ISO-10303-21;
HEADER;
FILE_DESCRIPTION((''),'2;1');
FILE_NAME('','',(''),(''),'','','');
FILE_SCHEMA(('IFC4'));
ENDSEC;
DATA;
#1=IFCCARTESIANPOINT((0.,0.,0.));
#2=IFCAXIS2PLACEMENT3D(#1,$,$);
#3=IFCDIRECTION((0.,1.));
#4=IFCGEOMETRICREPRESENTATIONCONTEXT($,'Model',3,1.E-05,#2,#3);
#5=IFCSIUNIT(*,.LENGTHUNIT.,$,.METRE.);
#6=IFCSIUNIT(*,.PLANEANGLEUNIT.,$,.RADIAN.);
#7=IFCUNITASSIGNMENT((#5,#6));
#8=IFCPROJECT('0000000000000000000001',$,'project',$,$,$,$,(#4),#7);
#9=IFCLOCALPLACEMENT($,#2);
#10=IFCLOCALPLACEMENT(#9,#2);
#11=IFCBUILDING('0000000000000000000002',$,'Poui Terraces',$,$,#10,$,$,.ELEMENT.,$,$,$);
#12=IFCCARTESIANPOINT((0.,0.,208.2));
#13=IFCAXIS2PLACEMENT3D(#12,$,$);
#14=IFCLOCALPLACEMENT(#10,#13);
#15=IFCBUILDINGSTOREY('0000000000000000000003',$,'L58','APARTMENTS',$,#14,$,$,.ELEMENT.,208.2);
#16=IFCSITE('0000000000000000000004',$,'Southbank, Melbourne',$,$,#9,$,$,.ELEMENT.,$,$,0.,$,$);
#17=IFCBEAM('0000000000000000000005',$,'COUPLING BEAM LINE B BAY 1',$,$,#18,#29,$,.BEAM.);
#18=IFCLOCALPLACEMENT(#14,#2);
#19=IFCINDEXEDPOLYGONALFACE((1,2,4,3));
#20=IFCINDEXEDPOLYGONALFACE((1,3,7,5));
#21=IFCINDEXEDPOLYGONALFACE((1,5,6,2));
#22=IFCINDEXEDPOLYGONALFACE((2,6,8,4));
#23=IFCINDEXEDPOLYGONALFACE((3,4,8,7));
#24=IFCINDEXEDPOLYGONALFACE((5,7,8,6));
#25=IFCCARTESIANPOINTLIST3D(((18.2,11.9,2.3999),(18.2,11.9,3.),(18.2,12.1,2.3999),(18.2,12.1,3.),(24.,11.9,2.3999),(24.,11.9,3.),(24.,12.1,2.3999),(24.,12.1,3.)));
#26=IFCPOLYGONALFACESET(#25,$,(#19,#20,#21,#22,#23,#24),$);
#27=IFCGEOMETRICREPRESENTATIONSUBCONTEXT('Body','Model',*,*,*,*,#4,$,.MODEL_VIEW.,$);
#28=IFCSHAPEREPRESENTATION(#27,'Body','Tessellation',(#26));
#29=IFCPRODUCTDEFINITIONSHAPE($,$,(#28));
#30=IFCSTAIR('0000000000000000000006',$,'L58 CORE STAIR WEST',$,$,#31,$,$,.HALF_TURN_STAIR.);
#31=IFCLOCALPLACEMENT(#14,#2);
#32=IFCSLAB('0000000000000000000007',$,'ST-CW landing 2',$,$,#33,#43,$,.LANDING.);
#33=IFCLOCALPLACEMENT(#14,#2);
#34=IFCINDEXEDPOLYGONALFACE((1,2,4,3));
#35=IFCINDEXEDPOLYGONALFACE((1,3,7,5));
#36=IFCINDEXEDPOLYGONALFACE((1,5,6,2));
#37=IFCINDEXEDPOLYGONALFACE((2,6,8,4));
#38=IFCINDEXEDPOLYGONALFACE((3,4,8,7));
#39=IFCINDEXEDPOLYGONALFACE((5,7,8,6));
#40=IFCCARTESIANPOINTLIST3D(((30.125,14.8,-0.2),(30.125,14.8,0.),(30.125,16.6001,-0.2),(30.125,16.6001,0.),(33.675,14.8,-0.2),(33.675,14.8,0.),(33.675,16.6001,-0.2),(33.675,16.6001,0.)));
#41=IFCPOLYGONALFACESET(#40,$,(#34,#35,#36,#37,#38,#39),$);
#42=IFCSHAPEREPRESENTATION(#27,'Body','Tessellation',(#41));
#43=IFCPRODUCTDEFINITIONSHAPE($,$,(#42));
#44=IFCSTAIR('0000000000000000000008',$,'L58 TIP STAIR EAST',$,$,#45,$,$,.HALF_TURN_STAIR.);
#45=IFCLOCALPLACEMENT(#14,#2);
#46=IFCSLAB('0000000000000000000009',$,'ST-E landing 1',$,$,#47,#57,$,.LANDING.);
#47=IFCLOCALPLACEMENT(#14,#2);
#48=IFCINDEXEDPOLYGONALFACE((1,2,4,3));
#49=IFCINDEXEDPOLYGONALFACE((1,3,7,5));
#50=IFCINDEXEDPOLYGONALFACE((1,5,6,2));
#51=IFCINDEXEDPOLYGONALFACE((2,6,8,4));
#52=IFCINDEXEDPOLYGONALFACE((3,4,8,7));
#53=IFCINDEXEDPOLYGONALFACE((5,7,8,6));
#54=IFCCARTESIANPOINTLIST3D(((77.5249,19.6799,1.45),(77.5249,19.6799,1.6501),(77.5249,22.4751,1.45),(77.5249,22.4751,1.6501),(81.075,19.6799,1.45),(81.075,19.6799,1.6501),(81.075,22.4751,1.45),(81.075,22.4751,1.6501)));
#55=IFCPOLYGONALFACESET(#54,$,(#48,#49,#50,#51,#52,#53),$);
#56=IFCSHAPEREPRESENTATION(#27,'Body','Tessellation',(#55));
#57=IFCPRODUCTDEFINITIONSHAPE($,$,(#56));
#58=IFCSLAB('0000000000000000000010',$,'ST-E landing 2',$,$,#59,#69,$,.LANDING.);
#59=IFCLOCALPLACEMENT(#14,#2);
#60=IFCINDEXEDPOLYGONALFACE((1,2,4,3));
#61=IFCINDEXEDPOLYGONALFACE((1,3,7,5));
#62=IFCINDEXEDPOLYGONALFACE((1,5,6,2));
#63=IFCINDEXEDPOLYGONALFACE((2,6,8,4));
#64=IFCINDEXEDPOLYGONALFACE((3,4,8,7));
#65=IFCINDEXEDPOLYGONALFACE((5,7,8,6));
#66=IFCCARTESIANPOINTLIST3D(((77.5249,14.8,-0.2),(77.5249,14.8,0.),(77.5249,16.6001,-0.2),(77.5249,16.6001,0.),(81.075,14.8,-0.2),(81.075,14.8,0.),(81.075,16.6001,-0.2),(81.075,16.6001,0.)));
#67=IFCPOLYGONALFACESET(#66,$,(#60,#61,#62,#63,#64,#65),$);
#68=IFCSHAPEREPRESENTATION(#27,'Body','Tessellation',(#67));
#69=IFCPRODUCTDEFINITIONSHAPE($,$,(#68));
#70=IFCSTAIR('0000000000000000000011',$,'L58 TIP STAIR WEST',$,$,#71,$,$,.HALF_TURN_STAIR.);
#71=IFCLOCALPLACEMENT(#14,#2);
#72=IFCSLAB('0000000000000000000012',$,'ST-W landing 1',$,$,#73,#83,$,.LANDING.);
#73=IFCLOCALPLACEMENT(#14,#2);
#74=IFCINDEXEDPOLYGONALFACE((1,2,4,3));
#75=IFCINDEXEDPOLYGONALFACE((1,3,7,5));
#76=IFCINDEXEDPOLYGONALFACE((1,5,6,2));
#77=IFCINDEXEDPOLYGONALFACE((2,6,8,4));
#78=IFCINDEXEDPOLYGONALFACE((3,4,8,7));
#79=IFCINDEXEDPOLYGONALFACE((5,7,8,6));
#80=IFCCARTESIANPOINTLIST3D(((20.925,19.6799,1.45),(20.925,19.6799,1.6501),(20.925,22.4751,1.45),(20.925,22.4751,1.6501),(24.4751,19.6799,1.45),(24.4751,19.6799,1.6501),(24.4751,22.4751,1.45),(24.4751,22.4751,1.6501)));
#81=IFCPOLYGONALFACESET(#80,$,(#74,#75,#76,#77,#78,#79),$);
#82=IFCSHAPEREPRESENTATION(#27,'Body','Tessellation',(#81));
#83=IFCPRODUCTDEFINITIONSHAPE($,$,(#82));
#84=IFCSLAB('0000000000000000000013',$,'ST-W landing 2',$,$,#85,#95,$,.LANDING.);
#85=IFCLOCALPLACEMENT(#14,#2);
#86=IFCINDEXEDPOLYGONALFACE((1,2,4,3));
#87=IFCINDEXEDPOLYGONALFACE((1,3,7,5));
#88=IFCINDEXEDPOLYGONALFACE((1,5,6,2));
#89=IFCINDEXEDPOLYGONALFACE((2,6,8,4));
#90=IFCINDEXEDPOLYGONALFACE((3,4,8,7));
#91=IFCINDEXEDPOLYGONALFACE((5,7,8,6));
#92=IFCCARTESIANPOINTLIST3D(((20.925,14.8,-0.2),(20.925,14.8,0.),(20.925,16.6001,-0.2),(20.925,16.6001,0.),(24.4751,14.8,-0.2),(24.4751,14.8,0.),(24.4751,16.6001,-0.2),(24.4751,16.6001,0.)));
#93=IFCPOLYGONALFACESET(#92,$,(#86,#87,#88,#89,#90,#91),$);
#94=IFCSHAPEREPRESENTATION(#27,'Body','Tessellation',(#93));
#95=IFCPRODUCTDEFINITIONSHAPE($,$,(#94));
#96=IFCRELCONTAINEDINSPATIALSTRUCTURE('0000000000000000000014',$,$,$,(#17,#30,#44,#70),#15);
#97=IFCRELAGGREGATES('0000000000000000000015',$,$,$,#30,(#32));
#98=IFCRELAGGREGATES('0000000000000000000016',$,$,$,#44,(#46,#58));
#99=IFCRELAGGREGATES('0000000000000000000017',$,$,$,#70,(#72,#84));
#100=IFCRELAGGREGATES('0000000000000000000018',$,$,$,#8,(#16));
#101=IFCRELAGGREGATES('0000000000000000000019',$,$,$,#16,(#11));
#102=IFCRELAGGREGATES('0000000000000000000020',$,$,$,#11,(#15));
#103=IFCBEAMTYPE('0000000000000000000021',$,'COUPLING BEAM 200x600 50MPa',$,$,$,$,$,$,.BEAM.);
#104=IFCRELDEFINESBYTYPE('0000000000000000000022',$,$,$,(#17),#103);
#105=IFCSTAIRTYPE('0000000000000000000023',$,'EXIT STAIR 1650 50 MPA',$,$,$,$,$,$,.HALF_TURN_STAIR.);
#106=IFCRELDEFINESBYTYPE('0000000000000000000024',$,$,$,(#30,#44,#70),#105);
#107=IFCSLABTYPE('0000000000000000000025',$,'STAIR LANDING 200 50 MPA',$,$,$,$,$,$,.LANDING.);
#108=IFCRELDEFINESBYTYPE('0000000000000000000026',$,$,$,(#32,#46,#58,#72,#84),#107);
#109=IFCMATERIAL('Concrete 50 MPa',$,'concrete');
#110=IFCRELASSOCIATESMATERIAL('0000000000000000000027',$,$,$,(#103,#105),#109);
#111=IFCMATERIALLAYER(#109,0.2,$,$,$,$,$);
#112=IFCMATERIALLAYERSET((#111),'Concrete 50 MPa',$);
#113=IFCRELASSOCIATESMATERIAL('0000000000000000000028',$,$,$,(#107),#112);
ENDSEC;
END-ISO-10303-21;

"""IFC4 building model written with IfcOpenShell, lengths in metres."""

from ifc_helpers import new_model, si_unit, direction, frame, origin, origin_2d, place, context, subcontext, project, spatial, polyline, rectangle, outline, extrude, source, transform, mapped, material, layer, layer_set, material_profile, profile_set, type_object, element, aggregate, save


model = new_model("IFC4")

# Units and contexts
model_context = context("Model", 3, precision=1e-05, world=origin(), true_north=direction((0.0, 1.0)))
body_context = subcontext(model_context, "Body", "Model", "MODEL_VIEW")
ifc_project = project(units=[si_unit("LENGTHUNIT", "METRE"), si_unit("PLANEANGLEUNIT", "RADIAN")], contexts=[model_context])

# Site, building, storey
site_placement = place(None, origin())
site = spatial("IfcSite", under=ifc_project, at=site_placement, Name="Southbank, Melbourne", CompositionType="ELEMENT", RefElevation=0.0)
building_placement = place(site_placement, origin())
building = spatial("IfcBuilding", under=site, at=building_placement, Name="Poui Terraces", CompositionType="ELEMENT")
storey_placement = place(building_placement, frame((0.0, 0.0, 208.2)))
storey = spatial("IfcBuildingStorey", under=building, at=storey_placement, Name="L58", Description="APARTMENTS", CompositionType="ELEMENT", Elevation=208.2)

# Beam
ifc_material_1 = material(Name="Concrete 50 MPa", Category="concrete")
ifc_material_profile = material_profile(ifc_material_1, rectangle(XDim=0.2, YDim=0.6001, at=origin_2d()), Name="RC 200x600")
ifc_profile_set = profile_set([ifc_material_profile], Name="Concrete 50 MPa")
beam_type = type_object("IfcBeamType", Name="COUPLING BEAM 200x600 50MPa", PredefinedType="BEAM", material=ifc_profile_set)
shared_shape_1 = source(origin(), body_context, "Body", "SweptSolid", [
    extrude(rectangle(XDim=0.2, YDim=0.6001, at=origin_2d()), origin(), (0.0, 0.0, 1.0), 5.8),
])
beam_placement = place(storey_placement, frame((18.2, 12.0, 2.7), z_axis=(1.0, 0.0, 0.0), x_axis=(0.0, 1.0, 0.0)))
element("IfcBeam", 1, at=beam_placement, inside=storey, type_object=beam_type, Name="COUPLING BEAM LINE B BAY 1", PredefinedType="BEAM", context=body_context, shape_type="MappedRepresentation", body=[
    mapped(shared_shape_1, transform((0.0, 0.0, 0.0))),
])

# Stair, slab
stair_type = type_object("IfcStairType", Name="EXIT STAIR 1650 50 MPA", PredefinedType="HALF_TURN_STAIR", material=ifc_material_1)
stair_1_placement = place(storey_placement, origin())
stair_1 = element("IfcStair", 2, at=stair_1_placement, inside=storey, type_object=stair_type, Name="L58 CORE STAIR WEST", PredefinedType="HALF_TURN_STAIR")
ifc_layer_1 = layer(ifc_material_1, 0.2)
ifc_layer_set_1 = layer_set([ifc_layer_1], Name="Concrete 50 MPa")
slab_type_1 = type_object("IfcSlabType", Name="STAIR LANDING 200 50 MPA", PredefinedType="LANDING", material=ifc_layer_set_1)
slab_1_placement = place(storey_placement, frame((0.0, 0.0, -0.2)))
slab_1 = element("IfcSlab", 3, at=slab_1_placement, type_object=slab_type_1, Name="ST-CW landing 2", PredefinedType="LANDING", context=body_context, shape_type="SweptSolid", body=[
    extrude(outline(polyline([(30.125, 14.8), (33.675, 14.8), (33.675, 16.6001), (30.125, 16.6001), (30.125, 14.8)])), origin(), (0.0, 0.0, 1.0), 0.2),
])
aggregate(stair_1, [slab_1])

# Stairs, slabs
stair_2_placement = place(storey_placement, origin())
stair_2 = element("IfcStair", 4, at=stair_2_placement, inside=storey, type_object=stair_type, Name="L58 TIP STAIR EAST", PredefinedType="HALF_TURN_STAIR")
slab_2_placement = place(storey_placement, frame((0.0, 0.0, 1.45)))
slab_2 = element("IfcSlab", 5, at=slab_2_placement, type_object=slab_type_1, Name="ST-E landing 1", PredefinedType="LANDING", context=body_context, shape_type="SweptSolid", body=[
    extrude(outline(polyline([(77.5249, 19.6799), (81.075, 19.6799), (81.075, 22.4751), (77.5249, 22.4751), (77.5249, 19.6799)])), origin(), (0.0, 0.0, 1.0), 0.2002),
])
slab_3_placement = place(storey_placement, frame((0.0, 0.0, -0.2)))
slab_3 = element("IfcSlab", 6, at=slab_3_placement, type_object=slab_type_1, Name="ST-E landing 2", PredefinedType="LANDING", context=body_context, shape_type="SweptSolid", body=[
    extrude(outline(polyline([(77.5249, 14.8), (81.075, 14.8), (81.075, 16.6001), (77.5249, 16.6001), (77.5249, 14.8)])), origin(), (0.0, 0.0, 1.0), 0.2),
])
aggregate(stair_2, [slab_2, slab_3])
stair_3_placement = place(storey_placement, origin())
stair_3 = element("IfcStair", 7, at=stair_3_placement, inside=storey, type_object=stair_type, Name="L58 TIP STAIR WEST", PredefinedType="HALF_TURN_STAIR")
slab_4_placement = place(storey_placement, frame((0.0, 0.0, 1.45)))
slab_4 = element("IfcSlab", 8, at=slab_4_placement, type_object=slab_type_1, Name="ST-W landing 1", PredefinedType="LANDING", context=body_context, shape_type="SweptSolid", body=[
    extrude(outline(polyline([(20.925, 19.6799), (24.4751, 19.6799), (24.4751, 22.4751), (20.925, 22.4751), (20.925, 19.6799)])), origin(), (0.0, 0.0, 1.0), 0.2002),
])
slab_5_placement = place(storey_placement, frame((0.0, 0.0, -0.2)))
slab_5 = element("IfcSlab", 9, at=slab_5_placement, type_object=slab_type_1, Name="ST-W landing 2", PredefinedType="LANDING", context=body_context, shape_type="SweptSolid", body=[
    extrude(outline(polyline([(20.925, 14.8), (24.4751, 14.8), (24.4751, 16.6001), (20.925, 16.6001), (20.925, 14.8)])), origin(), (0.0, 0.0, 1.0), 0.2),
])
aggregate(stair_3, [slab_4, slab_5])

save(model, "model.ifc")
